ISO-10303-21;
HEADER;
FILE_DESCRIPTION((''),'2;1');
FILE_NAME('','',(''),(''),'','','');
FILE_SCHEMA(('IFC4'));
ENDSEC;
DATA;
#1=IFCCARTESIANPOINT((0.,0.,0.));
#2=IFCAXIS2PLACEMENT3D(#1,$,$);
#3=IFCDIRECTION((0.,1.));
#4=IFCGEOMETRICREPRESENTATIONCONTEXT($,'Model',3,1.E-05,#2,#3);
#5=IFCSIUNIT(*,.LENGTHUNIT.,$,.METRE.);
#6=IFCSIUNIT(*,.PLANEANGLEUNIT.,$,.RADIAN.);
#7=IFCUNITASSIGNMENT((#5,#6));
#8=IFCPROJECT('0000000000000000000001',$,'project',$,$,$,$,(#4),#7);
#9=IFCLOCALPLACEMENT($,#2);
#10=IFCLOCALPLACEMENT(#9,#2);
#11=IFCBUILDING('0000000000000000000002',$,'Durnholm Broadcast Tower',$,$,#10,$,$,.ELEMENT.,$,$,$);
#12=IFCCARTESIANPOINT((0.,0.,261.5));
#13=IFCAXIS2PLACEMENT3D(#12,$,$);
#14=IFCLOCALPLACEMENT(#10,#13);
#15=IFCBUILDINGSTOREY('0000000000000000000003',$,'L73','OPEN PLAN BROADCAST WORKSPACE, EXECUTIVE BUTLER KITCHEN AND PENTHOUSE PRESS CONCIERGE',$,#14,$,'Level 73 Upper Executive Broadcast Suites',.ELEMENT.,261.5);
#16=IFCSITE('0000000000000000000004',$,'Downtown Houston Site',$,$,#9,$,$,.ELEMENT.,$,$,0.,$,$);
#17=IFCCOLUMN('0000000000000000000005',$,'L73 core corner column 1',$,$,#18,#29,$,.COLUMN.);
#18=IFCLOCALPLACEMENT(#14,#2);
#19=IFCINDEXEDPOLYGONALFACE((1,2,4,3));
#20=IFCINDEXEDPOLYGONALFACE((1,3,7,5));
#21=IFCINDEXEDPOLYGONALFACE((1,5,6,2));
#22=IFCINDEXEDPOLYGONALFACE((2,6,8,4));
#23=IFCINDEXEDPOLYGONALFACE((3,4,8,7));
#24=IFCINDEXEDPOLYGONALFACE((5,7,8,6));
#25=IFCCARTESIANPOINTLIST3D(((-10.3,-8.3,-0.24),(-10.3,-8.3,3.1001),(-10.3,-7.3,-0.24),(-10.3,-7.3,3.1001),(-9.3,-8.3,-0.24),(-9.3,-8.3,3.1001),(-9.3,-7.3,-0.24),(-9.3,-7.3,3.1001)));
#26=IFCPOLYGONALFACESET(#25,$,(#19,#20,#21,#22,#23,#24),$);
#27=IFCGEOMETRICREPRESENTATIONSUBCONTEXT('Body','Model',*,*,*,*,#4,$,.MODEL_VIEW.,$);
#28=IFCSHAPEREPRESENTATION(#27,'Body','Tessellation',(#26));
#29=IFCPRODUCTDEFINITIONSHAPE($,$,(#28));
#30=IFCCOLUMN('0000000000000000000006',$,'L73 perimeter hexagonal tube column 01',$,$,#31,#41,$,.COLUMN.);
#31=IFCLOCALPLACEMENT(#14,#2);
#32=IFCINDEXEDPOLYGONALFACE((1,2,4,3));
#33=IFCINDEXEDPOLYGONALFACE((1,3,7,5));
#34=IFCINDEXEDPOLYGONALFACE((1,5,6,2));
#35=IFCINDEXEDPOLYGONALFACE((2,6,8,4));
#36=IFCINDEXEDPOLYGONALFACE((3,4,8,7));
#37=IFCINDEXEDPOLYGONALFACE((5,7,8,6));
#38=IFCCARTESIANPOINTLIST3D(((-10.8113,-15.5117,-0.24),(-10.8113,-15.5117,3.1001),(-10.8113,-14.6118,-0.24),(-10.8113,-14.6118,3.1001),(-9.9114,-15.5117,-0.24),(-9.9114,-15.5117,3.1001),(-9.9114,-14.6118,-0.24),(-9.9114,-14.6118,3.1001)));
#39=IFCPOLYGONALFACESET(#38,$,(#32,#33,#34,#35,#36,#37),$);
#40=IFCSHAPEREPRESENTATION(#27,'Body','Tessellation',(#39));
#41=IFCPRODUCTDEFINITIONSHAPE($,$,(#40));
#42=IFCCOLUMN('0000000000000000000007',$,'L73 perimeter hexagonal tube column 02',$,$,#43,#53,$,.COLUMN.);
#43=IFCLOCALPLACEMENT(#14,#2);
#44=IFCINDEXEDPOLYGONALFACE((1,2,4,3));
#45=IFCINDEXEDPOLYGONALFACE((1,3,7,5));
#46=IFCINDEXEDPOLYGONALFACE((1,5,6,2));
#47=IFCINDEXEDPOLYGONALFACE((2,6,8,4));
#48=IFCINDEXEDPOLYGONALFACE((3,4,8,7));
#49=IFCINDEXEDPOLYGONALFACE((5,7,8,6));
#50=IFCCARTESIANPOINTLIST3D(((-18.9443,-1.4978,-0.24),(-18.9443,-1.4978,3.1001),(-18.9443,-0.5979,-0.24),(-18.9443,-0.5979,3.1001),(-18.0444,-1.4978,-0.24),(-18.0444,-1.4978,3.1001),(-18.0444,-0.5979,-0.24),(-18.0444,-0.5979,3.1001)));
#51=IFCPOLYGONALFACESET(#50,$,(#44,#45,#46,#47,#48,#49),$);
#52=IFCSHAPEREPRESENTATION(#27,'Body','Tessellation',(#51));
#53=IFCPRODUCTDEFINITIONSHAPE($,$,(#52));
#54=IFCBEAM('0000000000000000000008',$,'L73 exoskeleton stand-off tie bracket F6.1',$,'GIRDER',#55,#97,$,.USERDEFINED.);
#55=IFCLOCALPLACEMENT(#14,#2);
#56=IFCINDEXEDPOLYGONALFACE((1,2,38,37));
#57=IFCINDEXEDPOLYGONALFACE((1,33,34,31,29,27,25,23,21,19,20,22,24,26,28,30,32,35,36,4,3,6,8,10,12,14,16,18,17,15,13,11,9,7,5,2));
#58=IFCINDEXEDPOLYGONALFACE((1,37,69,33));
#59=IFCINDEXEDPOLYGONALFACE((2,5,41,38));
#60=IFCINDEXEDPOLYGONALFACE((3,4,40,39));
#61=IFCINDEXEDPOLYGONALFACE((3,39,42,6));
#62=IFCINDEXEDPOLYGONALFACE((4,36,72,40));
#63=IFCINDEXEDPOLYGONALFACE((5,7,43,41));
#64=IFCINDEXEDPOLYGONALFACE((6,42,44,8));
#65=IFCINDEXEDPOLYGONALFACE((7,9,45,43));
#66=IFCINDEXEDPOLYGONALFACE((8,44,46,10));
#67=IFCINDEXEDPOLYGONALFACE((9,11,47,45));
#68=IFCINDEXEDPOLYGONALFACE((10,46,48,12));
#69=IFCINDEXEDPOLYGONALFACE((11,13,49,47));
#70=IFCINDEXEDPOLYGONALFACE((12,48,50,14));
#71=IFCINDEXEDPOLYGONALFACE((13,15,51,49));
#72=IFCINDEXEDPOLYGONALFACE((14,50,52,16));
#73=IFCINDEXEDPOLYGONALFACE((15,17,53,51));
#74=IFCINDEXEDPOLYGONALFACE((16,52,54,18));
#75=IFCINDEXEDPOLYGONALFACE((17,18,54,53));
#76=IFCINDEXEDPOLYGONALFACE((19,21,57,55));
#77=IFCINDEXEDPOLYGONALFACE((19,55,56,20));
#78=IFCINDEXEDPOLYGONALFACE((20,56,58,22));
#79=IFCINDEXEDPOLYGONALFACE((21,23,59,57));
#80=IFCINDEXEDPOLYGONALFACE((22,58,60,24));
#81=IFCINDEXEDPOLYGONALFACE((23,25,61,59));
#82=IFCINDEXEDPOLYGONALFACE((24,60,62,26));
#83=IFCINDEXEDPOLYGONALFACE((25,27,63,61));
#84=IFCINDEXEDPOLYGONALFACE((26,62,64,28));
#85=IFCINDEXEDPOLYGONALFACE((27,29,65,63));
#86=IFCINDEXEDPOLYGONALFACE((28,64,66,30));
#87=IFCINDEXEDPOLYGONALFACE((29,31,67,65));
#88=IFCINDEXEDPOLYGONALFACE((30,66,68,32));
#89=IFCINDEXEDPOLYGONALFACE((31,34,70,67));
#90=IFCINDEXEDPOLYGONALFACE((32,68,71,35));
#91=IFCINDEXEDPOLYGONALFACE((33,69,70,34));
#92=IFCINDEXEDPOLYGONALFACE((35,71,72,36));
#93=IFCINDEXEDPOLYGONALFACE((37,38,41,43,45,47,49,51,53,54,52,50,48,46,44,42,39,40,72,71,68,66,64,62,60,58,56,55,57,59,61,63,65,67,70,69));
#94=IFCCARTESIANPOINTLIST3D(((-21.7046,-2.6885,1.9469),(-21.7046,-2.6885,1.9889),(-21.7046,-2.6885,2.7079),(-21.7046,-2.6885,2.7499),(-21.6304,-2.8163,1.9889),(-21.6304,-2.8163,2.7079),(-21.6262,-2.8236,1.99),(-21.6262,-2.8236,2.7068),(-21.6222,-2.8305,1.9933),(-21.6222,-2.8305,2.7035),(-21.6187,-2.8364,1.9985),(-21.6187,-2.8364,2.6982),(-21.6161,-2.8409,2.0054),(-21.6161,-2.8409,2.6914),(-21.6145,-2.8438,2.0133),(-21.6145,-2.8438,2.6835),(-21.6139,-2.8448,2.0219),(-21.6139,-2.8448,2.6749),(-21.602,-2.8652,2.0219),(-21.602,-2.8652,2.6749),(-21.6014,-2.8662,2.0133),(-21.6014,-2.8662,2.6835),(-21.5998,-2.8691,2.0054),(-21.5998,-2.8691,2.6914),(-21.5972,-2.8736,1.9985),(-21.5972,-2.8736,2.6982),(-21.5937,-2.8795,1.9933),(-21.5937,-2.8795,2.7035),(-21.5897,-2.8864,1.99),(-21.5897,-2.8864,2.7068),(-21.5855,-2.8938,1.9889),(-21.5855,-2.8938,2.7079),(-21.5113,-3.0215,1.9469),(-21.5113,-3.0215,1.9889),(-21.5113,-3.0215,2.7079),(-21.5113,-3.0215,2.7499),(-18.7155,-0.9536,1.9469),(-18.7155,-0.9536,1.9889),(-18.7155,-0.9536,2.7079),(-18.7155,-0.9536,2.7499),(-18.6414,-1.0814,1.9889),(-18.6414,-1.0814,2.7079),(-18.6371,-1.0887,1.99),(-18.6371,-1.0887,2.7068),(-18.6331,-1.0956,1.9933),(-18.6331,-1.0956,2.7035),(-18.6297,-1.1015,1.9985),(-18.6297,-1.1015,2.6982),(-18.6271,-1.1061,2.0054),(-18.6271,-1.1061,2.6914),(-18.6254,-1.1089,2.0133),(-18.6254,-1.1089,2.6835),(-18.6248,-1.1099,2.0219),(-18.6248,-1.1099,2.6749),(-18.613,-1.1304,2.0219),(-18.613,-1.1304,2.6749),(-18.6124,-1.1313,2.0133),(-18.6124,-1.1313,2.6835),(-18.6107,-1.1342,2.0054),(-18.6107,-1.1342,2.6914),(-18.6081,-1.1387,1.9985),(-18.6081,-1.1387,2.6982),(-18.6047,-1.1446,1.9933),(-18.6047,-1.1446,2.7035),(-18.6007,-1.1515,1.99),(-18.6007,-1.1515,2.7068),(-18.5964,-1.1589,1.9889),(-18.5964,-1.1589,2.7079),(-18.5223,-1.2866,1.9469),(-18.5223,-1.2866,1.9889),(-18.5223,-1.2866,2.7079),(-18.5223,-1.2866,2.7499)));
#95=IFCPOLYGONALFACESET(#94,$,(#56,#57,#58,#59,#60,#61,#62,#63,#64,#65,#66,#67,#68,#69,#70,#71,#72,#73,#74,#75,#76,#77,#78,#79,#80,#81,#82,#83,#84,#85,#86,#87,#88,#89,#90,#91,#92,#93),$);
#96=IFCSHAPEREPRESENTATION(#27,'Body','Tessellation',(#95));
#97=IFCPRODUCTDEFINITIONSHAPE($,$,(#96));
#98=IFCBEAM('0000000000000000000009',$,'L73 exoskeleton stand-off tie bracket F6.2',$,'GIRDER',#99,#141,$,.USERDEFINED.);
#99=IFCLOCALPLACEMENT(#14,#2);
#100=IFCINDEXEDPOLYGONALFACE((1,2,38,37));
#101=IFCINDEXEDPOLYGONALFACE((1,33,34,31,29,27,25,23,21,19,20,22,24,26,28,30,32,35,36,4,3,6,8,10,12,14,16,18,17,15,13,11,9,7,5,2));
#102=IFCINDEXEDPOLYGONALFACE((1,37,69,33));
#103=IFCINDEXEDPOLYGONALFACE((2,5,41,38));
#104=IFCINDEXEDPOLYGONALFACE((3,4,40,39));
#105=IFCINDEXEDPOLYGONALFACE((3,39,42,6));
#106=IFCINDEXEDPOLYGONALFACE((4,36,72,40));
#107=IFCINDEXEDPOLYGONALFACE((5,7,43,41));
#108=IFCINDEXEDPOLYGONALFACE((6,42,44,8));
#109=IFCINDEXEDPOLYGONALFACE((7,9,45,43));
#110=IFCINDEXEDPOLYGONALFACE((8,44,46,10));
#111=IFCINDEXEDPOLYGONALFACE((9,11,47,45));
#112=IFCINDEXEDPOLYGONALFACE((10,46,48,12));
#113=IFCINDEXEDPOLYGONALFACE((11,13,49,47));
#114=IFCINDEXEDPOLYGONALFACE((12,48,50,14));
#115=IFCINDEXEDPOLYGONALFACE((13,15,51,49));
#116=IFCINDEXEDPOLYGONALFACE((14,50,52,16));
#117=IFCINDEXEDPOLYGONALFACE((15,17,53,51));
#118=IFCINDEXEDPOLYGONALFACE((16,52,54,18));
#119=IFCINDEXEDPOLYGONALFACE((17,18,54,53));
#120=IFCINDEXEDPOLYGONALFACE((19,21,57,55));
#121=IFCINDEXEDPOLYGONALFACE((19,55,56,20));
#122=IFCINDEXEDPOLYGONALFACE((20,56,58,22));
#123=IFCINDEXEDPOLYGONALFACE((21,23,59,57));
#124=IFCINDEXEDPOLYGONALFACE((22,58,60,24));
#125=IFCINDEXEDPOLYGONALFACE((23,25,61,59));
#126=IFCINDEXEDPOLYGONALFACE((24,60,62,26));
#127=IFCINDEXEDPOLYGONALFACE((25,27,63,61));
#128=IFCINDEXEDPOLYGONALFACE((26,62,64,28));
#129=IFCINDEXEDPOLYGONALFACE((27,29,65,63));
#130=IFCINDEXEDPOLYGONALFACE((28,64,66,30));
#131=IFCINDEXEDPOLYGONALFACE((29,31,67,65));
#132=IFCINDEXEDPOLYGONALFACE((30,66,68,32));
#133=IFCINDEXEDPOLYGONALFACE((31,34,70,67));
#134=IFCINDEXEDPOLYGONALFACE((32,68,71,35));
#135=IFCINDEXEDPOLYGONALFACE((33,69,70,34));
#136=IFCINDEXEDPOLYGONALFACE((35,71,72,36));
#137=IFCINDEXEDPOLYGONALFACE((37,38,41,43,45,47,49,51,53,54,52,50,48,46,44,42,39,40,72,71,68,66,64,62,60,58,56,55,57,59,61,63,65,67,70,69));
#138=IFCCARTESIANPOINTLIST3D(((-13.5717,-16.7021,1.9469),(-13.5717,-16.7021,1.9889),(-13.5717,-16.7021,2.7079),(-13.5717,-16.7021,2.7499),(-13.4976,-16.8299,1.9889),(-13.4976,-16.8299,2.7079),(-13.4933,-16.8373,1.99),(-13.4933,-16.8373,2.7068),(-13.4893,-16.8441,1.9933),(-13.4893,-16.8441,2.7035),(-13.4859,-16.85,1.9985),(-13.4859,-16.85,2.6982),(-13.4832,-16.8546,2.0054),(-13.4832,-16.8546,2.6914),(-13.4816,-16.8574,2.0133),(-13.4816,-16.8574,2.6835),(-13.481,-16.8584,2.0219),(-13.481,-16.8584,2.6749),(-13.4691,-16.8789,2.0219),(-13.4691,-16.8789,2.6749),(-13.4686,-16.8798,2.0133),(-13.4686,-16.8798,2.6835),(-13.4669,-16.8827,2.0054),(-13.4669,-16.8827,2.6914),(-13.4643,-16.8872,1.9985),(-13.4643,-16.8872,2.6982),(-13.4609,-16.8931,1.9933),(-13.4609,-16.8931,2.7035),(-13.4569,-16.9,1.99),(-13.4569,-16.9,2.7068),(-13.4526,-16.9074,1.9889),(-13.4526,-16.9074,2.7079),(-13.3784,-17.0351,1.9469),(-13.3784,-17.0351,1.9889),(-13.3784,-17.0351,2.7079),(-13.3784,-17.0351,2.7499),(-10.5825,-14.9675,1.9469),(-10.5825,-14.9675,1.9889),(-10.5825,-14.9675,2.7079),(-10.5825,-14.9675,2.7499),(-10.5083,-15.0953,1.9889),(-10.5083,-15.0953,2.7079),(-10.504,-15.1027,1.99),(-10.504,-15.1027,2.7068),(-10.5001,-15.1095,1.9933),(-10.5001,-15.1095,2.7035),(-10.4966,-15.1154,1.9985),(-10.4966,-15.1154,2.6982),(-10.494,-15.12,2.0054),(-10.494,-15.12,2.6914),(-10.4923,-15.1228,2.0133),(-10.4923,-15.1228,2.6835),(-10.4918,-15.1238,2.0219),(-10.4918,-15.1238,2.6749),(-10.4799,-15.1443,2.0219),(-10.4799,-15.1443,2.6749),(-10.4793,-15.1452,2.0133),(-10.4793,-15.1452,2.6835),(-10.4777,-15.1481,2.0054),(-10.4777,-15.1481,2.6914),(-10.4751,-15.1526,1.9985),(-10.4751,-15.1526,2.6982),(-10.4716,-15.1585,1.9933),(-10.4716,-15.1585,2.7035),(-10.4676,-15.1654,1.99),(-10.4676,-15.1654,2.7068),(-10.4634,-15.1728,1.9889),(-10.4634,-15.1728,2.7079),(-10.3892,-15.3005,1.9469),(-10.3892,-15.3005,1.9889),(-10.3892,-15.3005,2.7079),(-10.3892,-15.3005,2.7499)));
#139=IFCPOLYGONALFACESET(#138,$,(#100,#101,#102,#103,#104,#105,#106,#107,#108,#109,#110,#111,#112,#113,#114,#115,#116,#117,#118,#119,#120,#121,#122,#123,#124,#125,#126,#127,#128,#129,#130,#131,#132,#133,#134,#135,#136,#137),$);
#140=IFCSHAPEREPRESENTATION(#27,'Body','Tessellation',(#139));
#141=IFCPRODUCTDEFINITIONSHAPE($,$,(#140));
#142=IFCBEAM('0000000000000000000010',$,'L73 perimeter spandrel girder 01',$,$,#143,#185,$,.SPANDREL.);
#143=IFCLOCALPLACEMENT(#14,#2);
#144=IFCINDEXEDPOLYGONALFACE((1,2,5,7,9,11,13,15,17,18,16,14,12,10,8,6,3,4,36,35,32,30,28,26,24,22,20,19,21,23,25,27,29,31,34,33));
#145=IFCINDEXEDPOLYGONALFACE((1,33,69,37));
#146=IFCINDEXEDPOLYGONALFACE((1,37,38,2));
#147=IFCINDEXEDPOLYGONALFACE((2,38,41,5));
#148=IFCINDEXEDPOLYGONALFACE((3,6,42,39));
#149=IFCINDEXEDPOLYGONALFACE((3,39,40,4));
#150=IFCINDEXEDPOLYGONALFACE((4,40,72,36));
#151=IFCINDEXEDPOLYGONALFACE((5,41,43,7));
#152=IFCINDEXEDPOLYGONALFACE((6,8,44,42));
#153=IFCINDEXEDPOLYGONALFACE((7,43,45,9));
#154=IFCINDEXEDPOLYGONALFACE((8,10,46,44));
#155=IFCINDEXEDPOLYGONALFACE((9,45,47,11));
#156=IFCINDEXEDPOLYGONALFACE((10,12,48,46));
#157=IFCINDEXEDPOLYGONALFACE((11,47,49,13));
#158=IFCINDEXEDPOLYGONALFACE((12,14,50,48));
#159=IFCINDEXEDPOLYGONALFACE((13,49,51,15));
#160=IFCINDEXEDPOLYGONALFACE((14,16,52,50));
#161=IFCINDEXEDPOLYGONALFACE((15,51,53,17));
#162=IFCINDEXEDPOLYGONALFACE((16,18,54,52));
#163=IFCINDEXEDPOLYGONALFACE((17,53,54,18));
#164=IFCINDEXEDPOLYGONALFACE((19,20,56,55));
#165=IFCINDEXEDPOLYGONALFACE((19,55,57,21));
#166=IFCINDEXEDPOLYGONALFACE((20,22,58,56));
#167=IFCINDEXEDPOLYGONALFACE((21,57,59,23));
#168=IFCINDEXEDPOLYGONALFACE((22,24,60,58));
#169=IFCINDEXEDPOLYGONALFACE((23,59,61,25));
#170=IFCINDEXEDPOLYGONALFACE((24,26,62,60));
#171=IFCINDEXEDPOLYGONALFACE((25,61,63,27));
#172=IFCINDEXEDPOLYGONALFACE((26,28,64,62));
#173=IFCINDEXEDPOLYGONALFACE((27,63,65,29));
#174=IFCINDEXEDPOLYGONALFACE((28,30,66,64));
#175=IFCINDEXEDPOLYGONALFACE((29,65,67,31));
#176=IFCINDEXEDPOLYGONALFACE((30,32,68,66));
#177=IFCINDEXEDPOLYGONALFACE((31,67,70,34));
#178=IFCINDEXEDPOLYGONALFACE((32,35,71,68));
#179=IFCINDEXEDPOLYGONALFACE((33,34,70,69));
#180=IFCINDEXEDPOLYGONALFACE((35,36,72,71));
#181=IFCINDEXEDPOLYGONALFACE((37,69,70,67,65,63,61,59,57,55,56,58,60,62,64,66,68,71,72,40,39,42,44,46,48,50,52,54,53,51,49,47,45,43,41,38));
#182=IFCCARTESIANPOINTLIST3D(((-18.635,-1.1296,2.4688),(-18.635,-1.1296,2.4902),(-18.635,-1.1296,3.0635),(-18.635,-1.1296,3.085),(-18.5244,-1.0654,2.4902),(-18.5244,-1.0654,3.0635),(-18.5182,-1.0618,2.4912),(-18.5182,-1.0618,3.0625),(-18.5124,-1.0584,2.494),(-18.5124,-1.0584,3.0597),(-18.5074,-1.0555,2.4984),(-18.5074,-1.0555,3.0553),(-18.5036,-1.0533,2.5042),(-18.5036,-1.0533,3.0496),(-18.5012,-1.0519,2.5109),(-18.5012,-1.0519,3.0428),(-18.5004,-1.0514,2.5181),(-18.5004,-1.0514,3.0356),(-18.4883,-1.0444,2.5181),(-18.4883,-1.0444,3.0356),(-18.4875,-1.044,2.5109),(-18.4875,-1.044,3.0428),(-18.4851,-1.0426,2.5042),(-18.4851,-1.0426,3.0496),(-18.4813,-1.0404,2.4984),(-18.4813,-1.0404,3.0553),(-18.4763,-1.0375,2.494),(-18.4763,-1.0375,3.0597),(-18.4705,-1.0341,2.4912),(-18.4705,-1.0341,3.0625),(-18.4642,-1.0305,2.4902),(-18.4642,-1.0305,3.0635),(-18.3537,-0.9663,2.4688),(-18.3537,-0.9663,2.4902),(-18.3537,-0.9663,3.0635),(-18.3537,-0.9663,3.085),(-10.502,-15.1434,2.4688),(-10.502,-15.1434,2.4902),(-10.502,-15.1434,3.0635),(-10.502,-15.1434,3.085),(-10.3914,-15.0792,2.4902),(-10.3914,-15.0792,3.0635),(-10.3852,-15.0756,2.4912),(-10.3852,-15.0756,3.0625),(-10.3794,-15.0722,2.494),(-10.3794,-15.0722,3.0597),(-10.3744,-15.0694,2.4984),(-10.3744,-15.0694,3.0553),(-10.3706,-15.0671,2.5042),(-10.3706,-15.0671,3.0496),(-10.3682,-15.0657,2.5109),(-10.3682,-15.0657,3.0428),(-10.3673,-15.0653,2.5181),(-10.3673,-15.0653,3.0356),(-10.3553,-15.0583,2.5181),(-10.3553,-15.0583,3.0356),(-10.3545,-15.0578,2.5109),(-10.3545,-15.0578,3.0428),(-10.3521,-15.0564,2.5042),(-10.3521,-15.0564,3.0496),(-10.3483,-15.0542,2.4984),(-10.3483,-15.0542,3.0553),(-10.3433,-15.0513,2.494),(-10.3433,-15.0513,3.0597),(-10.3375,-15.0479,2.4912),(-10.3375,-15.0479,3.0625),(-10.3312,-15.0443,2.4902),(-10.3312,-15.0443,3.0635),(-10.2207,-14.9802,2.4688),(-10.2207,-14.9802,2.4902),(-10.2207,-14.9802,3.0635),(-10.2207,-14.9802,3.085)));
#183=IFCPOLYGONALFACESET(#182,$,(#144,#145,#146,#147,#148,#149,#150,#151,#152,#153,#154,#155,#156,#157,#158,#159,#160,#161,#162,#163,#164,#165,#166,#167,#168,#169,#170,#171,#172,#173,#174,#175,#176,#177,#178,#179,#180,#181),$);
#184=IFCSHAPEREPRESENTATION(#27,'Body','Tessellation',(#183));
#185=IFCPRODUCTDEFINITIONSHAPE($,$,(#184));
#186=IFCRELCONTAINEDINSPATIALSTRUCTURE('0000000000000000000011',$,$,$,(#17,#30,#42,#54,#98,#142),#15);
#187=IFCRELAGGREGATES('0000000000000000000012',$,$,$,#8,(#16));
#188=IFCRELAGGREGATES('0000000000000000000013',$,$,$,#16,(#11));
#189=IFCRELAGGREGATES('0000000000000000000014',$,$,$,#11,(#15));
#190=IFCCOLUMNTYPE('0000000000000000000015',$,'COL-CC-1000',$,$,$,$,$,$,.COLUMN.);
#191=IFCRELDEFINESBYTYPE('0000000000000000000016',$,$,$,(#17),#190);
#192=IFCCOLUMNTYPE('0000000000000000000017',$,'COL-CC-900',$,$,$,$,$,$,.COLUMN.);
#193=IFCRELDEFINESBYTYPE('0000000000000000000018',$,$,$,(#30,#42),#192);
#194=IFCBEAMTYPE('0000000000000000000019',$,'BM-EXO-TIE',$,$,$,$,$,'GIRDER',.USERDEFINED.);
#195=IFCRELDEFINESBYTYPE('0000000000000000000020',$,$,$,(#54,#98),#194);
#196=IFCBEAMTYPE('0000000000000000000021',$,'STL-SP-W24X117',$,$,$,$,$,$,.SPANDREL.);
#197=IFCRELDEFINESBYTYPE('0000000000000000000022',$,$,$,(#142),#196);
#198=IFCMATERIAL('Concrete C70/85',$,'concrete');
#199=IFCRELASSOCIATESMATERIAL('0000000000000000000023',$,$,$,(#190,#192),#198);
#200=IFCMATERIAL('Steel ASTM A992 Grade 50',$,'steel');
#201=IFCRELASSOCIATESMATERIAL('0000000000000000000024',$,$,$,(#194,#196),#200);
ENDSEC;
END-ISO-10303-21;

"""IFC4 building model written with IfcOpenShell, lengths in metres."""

from ifc_helpers import new_model, si_unit, direction, frame, origin, origin_2d, place, context, subcontext, project, spatial, rectangle, i_section, extrude, source, transform, mapped, material, material_profile, profile_set, type_object, type_shapes, element, save


model = new_model("IFC4")

# Units and contexts
model_context = context("Model", 3, precision=1e-05, world=origin(), true_north=direction((0.0, 1.0)))
body_context = subcontext(model_context, "Body", "Model", "MODEL_VIEW")
ifc_project = project(units=[si_unit("LENGTHUNIT", "METRE"), si_unit("PLANEANGLEUNIT", "RADIAN")], contexts=[model_context])

# Site, building, storey
site_placement = place(None, origin())
site = spatial("IfcSite", under=ifc_project, at=site_placement, Name="Downtown Houston Site", CompositionType="ELEMENT", RefElevation=0.0)
building_placement = place(site_placement, origin())
building = spatial("IfcBuilding", under=site, at=building_placement, Name="Durnholm Broadcast Tower", CompositionType="ELEMENT")
storey_placement = place(building_placement, frame((0.0, 0.0, 261.5)))
storey = spatial("IfcBuildingStorey", under=building, at=storey_placement, Name="L73", Description="OPEN PLAN BROADCAST WORKSPACE, EXECUTIVE BUTLER KITCHEN AND PENTHOUSE PRESS CONCIERGE", LongName="Level 73 Upper Executive Broadcast Suites", CompositionType="ELEMENT", Elevation=261.5)

# Columns
ifc_material_1 = material(Name="Concrete C70/85", Category="concrete")
ifc_material_profile_1 = material_profile(ifc_material_1, rectangle(XDim=1.0, YDim=1.0, at=origin_2d()), Name="RC1000X1000")
ifc_profile_set_1 = profile_set([ifc_material_profile_1], Name="Concrete C70/85")
column_type_1 = type_object("IfcColumnType", Name="COL-CC-1000", PredefinedType="COLUMN", material=ifc_profile_set_1)
shared_shape_1 = source(origin(), body_context, "Body", "SweptSolid", [
    extrude(rectangle(XDim=1.0, YDim=1.0, at=origin_2d()), origin(), (0.0, 0.0, 1.0), 3.3401),
])
type_shapes(column_type_1, [shared_shape_1])
column_placement = place(storey_placement, frame((-9.8, -7.8, -0.24), z_axis=(0.0, 0.0, 1.0), x_axis=(1.0, 0.0, 0.0)))
element("IfcColumn", 1, at=column_placement, inside=storey, type_object=column_type_1, Name="L73 core corner column 1", PredefinedType="COLUMN", context=body_context, shape_type="MappedRepresentation", body=[
    mapped(shared_shape_1, transform((0.0, 0.0, 0.0), x_axis=(1.0, 0.0, 0.0), y_axis=(0.0, 1.0, 0.0), z_axis=(0.0, 0.0, 1.0), scale=1.0)),
])
ifc_material_profile_2 = material_profile(ifc_material_1, rectangle(XDim=0.8999, YDim=0.8999, at=origin_2d()), Name="RC900X900")
ifc_profile_set_2 = profile_set([ifc_material_profile_2], Name="Concrete C70/85")
column_type_2 = type_object("IfcColumnType", Name="COL-CC-900", PredefinedType="COLUMN", material=ifc_profile_set_2)
shared_shape_2 = source(origin(), body_context, "Body", "SweptSolid", [
    extrude(rectangle(XDim=0.8999, YDim=0.8999, at=origin_2d()), origin(), (0.0, 0.0, 1.0), 3.3401),
])
type_shapes(column_type_2, [shared_shape_2])
for number, where, z_axis, x_axis, name in (
    (2, (-10.3613, -15.0618, -0.24), (0.0, 0.0, 1.0), (1.0, 0.0, 0.0), "L73 perimeter hexagonal tube column 01"),
    (3, (-18.4944, -1.0479, -0.24), (0.0, 0.0, 1.0), (1.0, 0.0, 0.0), "L73 perimeter hexagonal tube column 02"),
):
    element("IfcColumn", number, at=place(storey_placement, frame(where, z_axis=z_axis, x_axis=x_axis)), inside=storey, type_object=column_type_2, Name=name, PredefinedType="COLUMN", context=body_context, shape_type="MappedRepresentation", body=[
        mapped(shared_shape_2, transform((0.0, 0.0, 0.0), x_axis=(1.0, 0.0, 0.0), y_axis=(0.0, 1.0, 0.0), z_axis=(0.0, 0.0, 1.0), scale=1.0)),
    ])

# Beams
ifc_material_2 = material(Name="Steel ASTM A992 Grade 50", Category="steel")
ifc_material_profile_3 = material_profile(ifc_material_2, i_section(OverallWidth=0.385, OverallDepth=0.803, WebThickness=0.0237, FlangeThickness=0.042, FilletRadius=0.033, at=origin_2d()), Name="W30X261")
ifc_profile_set_3 = profile_set([ifc_material_profile_3], Name="Steel ASTM A992 Grade 50")
beam_type_1 = type_object("IfcBeamType", Name="BM-EXO-TIE", ElementType="GIRDER", PredefinedType="USERDEFINED", material=ifc_profile_set_3)
shared_shape_3 = source(origin(), body_context, "Body", "SweptSolid", [
    extrude(i_section(OverallWidth=0.385, OverallDepth=0.803, WebThickness=0.0237, FlangeThickness=0.042, FilletRadius=0.033, at=origin_2d()), origin(), (0.0, 0.0, 1.0), 3.4561),
])
for number, where, z_axis, x_axis, name in (
    (4, (-18.6189, -1.1201, 2.3484), (-0.864876, -0.501986, 0.0), (0.501986, -0.864876, 0.0), "L73 exoskeleton stand-off tie bracket F6.1"),
    (5, (-10.4858, -15.134, 2.3484), (-0.864924, -0.501902, 0.0), (0.501902, -0.864924, 0.0), "L73 exoskeleton stand-off tie bracket F6.2"),
):
    element("IfcBeam", number, at=place(storey_placement, frame(where, z_axis=z_axis, x_axis=x_axis)), inside=storey, type_object=beam_type_1, Name=name, ObjectType="GIRDER", PredefinedType="USERDEFINED", context=body_context, shape_type="MappedRepresentation", body=[
        mapped(shared_shape_3, transform((0.0, 0.0, 0.0), x_axis=(1.0, 0.0, 0.0), y_axis=(0.0, 1.0, 0.0), z_axis=(0.0, 0.0, 1.0), scale=1.0)),
    ])
ifc_material_profile_4 = material_profile(ifc_material_2, i_section(OverallWidth=0.3252, OverallDepth=0.6162, WebThickness=0.0139, FlangeThickness=0.0215, FilletRadius=0.0278, at=origin_2d()), Name="W24X117")
ifc_profile_set_4 = profile_set([ifc_material_profile_4], Name="Steel ASTM A992 Grade 50")
beam_type_2 = type_object("IfcBeamType", Name="STL-SP-W24X117", PredefinedType="SPANDREL", material=ifc_profile_set_4)
shared_shape_4 = source(origin(), body_context, "Body", "SweptSolid", [
    extrude(i_section(OverallWidth=0.3252, OverallDepth=0.6162, WebThickness=0.0139, FlangeThickness=0.0215, FilletRadius=0.0278, at=origin_2d()), origin(), (0.0, 0.0, 1.0), 16.2029),
])
beam_1_placement = place(storey_placement, frame((-10.3613, -15.0618, 2.7769), z_axis=(-0.501948, 0.864898, 0.0), x_axis=(-0.864898, -0.501948, 0.0)))
element("IfcBeam", 6, at=beam_1_placement, inside=storey, type_object=beam_type_2, Name="L73 perimeter spandrel girder 01", PredefinedType="SPANDREL", context=body_context, shape_type="MappedRepresentation", body=[
    mapped(shared_shape_4, transform((0.0, 0.0, 0.0), x_axis=(1.0, 0.0, 0.0), y_axis=(0.0, 1.0, 0.0), z_axis=(0.0, 0.0, 1.0), scale=1.0)),
])

save(model, "model.ifc")
